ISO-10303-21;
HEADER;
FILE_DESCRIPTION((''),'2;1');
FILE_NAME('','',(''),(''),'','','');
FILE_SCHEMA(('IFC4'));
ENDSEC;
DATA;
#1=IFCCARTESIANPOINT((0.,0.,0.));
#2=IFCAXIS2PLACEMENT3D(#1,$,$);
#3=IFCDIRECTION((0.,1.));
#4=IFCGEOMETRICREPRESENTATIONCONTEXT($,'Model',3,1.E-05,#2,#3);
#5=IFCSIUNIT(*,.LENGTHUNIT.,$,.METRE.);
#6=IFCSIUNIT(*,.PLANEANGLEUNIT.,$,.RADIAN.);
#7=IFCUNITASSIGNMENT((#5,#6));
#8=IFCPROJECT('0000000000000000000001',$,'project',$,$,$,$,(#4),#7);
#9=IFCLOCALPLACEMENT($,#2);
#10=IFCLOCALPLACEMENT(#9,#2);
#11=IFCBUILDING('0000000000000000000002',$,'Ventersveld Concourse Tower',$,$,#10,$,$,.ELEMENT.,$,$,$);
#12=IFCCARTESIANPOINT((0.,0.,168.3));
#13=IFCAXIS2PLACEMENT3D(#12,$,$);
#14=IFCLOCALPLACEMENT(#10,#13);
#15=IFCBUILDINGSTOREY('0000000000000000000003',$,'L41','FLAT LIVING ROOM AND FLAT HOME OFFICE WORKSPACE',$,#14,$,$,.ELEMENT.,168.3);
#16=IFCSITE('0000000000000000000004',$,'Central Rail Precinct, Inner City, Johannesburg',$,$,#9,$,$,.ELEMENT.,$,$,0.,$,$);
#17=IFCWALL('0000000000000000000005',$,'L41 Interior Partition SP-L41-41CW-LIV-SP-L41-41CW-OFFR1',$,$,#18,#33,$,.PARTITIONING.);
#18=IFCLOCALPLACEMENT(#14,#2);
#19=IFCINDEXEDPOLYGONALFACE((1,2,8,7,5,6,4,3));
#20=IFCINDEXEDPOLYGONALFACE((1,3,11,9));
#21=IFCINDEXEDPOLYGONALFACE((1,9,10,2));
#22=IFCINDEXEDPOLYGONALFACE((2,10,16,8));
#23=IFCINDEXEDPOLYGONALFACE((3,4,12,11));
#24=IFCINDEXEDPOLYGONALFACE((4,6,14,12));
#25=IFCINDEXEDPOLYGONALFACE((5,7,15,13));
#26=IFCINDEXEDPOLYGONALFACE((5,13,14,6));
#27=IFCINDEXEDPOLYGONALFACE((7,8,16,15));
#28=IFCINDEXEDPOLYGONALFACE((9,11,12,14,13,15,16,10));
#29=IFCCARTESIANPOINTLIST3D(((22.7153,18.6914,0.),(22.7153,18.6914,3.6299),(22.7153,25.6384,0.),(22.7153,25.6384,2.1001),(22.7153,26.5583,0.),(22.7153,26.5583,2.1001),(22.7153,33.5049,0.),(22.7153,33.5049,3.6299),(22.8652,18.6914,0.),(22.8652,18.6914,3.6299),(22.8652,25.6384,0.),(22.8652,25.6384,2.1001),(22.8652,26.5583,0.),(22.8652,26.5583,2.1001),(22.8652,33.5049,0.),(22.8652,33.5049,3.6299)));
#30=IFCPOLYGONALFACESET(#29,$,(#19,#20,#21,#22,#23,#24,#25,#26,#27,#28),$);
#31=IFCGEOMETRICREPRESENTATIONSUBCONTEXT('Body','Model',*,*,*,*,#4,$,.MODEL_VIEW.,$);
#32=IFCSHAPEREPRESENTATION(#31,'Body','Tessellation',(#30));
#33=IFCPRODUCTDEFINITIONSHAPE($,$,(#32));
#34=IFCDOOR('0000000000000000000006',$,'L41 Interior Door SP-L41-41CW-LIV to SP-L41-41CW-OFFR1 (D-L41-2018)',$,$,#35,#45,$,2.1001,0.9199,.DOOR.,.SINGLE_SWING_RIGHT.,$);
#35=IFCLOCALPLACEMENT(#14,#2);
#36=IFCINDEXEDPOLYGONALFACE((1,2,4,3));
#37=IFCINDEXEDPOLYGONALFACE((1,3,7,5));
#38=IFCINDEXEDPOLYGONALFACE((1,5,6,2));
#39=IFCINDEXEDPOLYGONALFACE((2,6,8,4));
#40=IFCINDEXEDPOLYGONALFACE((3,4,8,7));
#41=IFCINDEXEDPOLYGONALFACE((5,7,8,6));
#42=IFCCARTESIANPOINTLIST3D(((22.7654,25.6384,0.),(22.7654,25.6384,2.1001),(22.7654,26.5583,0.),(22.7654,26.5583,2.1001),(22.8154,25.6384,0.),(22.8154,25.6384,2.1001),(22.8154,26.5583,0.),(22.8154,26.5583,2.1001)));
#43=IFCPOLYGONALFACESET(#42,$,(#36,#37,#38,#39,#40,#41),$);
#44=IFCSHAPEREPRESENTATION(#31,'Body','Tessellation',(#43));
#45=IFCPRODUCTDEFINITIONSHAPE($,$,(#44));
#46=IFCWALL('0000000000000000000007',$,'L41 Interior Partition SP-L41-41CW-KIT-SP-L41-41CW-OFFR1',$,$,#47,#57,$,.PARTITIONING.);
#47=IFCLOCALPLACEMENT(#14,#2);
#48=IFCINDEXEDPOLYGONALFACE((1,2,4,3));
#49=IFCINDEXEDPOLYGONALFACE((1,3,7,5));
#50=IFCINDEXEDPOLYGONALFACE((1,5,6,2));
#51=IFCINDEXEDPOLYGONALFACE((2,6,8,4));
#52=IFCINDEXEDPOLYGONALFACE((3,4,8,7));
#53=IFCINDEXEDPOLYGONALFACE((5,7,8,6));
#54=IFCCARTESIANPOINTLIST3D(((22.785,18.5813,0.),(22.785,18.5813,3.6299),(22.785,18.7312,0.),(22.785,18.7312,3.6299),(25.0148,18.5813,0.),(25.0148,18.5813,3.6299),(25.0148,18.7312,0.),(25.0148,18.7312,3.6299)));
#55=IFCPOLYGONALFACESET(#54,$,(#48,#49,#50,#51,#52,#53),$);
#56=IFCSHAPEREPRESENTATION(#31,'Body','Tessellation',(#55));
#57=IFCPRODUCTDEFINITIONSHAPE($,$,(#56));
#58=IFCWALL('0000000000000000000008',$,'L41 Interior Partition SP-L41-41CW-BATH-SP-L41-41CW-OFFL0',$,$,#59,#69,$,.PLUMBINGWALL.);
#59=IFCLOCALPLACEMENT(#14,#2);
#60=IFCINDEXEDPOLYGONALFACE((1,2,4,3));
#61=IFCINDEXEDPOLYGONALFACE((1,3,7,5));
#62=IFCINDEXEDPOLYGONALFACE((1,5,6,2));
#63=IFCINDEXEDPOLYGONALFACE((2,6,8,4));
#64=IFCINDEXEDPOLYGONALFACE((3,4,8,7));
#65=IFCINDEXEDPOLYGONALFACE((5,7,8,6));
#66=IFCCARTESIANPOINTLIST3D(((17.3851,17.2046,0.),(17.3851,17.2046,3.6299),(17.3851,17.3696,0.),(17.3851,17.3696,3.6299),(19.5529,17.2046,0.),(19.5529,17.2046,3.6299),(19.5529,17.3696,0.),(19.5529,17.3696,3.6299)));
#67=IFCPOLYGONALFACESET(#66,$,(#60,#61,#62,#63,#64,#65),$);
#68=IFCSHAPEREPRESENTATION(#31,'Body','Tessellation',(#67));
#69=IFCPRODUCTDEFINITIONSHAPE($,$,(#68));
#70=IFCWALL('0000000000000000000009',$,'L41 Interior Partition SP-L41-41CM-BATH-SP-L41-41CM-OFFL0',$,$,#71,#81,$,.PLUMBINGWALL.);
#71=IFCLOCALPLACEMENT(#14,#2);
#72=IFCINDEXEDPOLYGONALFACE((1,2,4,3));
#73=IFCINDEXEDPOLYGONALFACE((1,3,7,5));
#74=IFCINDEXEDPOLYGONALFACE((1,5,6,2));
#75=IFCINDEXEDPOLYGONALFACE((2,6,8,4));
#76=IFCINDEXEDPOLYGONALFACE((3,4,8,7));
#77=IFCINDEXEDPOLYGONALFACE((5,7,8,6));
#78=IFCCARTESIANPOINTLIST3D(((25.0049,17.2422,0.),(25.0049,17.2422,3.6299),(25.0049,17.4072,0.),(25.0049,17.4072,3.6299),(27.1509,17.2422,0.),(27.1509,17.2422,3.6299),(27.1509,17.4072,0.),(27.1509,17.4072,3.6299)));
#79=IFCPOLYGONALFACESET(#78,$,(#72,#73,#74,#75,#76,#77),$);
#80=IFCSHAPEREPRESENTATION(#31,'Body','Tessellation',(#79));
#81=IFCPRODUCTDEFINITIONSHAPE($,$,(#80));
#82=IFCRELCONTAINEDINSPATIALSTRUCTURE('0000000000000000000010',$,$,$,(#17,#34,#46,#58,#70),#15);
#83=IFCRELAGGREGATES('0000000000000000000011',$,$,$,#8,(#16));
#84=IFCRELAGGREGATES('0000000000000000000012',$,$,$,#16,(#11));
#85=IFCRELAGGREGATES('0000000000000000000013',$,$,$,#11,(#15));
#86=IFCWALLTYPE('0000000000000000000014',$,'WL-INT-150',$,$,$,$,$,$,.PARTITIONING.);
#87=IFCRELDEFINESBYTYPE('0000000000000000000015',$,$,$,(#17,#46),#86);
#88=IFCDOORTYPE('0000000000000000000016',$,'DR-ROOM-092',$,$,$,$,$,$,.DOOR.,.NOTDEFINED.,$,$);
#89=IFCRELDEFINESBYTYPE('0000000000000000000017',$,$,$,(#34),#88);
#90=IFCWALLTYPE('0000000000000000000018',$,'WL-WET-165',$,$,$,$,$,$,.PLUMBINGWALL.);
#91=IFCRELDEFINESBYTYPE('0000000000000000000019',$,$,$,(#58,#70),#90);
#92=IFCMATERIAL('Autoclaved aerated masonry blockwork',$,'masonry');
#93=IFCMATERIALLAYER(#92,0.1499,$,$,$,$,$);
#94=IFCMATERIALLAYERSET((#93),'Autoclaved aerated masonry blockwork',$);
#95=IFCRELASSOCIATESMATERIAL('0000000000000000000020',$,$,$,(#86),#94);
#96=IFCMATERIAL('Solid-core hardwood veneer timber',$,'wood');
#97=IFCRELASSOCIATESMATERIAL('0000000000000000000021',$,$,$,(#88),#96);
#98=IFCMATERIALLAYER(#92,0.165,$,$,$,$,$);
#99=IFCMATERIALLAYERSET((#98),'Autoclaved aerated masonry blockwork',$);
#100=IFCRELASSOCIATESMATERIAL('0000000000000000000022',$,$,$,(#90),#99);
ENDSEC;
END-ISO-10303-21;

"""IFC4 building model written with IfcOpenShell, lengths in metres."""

from ifc_helpers import new_model, si_unit, direction, frame, frame_2d, origin, place, context, subcontext, project, spatial, rectangle, extrude, material, layer, layer_set, type_object, element, fill, save


model = new_model("IFC4")

# Units and contexts
model_context = context("Model", 3, precision=1e-05, world=origin(), true_north=direction((0.0, 1.0)))
body_context = subcontext(model_context, "Body", "Model", "MODEL_VIEW")
ifc_project = project(units=[si_unit("LENGTHUNIT", "METRE"), si_unit("PLANEANGLEUNIT", "RADIAN")], contexts=[model_context])

# Site, building, storey
site_placement = place(None, origin())
site = spatial("IfcSite", under=ifc_project, at=site_placement, Name="Central Rail Precinct, Inner City, Johannesburg", CompositionType="ELEMENT", RefElevation=0.0)
building_placement = place(site_placement, origin())
building = spatial("IfcBuilding", under=site, at=building_placement, Name="Ventersveld Concourse Tower", CompositionType="ELEMENT")
storey_placement = place(building_placement, frame((0.0, 0.0, 168.3)))
storey = spatial("IfcBuildingStorey", under=building, at=storey_placement, Name="L41", Description="FLAT LIVING ROOM AND FLAT HOME OFFICE WORKSPACE", CompositionType="ELEMENT", Elevation=168.3)

# Shared definitions
ifc_material_1 = material(Name="Solid-core hardwood veneer timber", Category="wood")

# Wall, opening, door
ifc_material_2 = material(Name="Autoclaved aerated masonry blockwork", Category="masonry")
ifc_layer_1 = layer(ifc_material_2, 0.1499)
ifc_layer_set_1 = layer_set([ifc_layer_1], Name="Autoclaved aerated masonry blockwork")
wall_type_1 = type_object("IfcWallType", Name="WL-INT-150", PredefinedType="PARTITIONING", material=ifc_layer_set_1)
door_type_1 = type_object("IfcDoorType", Name="DR-ROOM-092", OperationType="NOTDEFINED", PredefinedType="DOOR", material=ifc_material_1)
wall_1_placement = place(storey_placement, frame((22.7903, 18.6914, 0.0), z_axis=(0.0, 0.0, 1.0), x_axis=(0.0, 1.0, 0.0)))
wall_1 = element("IfcWall", 1, at=wall_1_placement, inside=storey, type_object=wall_type_1, Name="L41 Interior Partition SP-L41-41CW-LIV-SP-L41-41CW-OFFR1", PredefinedType="PARTITIONING", context=body_context, shape_type="SweptSolid", body=[
    extrude(rectangle(XDim=14.8135, YDim=0.1499, at=frame_2d((7.4067, 0.0))), origin(), (0.0, 0.0, 1.0), 3.6299),
])
opening_1_placement = place(wall_1_placement, frame((6.947, 0.0, 0.0)))
opening_1 = element("IfcOpeningElement", 2, at=opening_1_placement, cuts=wall_1, PredefinedType="OPENING", context=body_context, shape_type="SweptSolid", body=[
    extrude(rectangle(XDim=0.9199, YDim=2.1001, at=frame_2d((0.46, 1.05))), frame((0.0, 0.085, 0.0), z_axis=(0.0, -1.0, 0.0), x_axis=(1.0, 0.0, 0.0)), (0.0, 0.0, 1.0), 0.1699),
])
door_1_placement = place(opening_1_placement, origin())
door_1 = element("IfcDoor", 3, at=door_1_placement, inside=storey, type_object=door_type_1, Name="L41 Interior Door SP-L41-41CW-LIV to SP-L41-41CW-OFFR1 (D-L41-2018)", OperationType="SINGLE_SWING_RIGHT", OverallHeight=2.1001, OverallWidth=0.9199, PredefinedType="DOOR", context=body_context, shape_type="SweptSolid", body=[
    extrude(rectangle(XDim=0.9199, YDim=2.1001, at=frame_2d((0.46, 1.05))), frame((0.0, 0.0249, 0.0), z_axis=(0.0, -1.0, 0.0), x_axis=(1.0, 0.0, 0.0)), (0.0, 0.0, 1.0), 0.05),
])
fill(opening_1, door_1)

# Walls
wall_2_placement = place(storey_placement, frame((22.7852, 18.6562, 0.0), z_axis=(0.0, 0.0, 1.0), x_axis=(1.0, 0.0, 0.0)))
element("IfcWall", 4, at=wall_2_placement, inside=storey, type_object=wall_type_1, Name="L41 Interior Partition SP-L41-41CW-KIT-SP-L41-41CW-OFFR1", PredefinedType="PARTITIONING", context=body_context, shape_type="SweptSolid", body=[
    extrude(rectangle(XDim=2.2297, YDim=0.1499, at=frame_2d((1.1147, 0.0))), origin(), (0.0, 0.0, 1.0), 3.6299),
])
ifc_layer_2 = layer(ifc_material_2, 0.165)
ifc_layer_set_2 = layer_set([ifc_layer_2], Name="Autoclaved aerated masonry blockwork")
wall_type_2 = type_object("IfcWallType", Name="WL-WET-165", PredefinedType="PLUMBINGWALL", material=ifc_layer_set_2)
wall_3_placement = place(storey_placement, frame((17.385, 17.2871, 0.0), z_axis=(0.0, 0.0, 1.0), x_axis=(1.0, 0.0, 0.0)))
element("IfcWall", 5, at=wall_3_placement, inside=storey, type_object=wall_type_2, Name="L41 Interior Partition SP-L41-41CW-BATH-SP-L41-41CW-OFFL0", PredefinedType="PLUMBINGWALL", context=body_context, shape_type="SweptSolid", body=[
    extrude(rectangle(XDim=2.1677, YDim=0.165, at=frame_2d((1.084, 0.0))), origin(), (0.0, 0.0, 1.0), 3.6299),
])
wall_4_placement = place(storey_placement, frame((25.0049, 17.3247, 0.0), z_axis=(0.0, 0.0, 1.0), x_axis=(1.0, 0.0, 0.0)))
element("IfcWall", 6, at=wall_4_placement, inside=storey, type_object=wall_type_2, Name="L41 Interior Partition SP-L41-41CM-BATH-SP-L41-41CM-OFFL0", PredefinedType="PLUMBINGWALL", context=body_context, shape_type="SweptSolid", body=[
    extrude(rectangle(XDim=2.146, YDim=0.165, at=frame_2d((1.073, 0.0))), origin(), (0.0, 0.0, 1.0), 3.6299),
])

save(model, "model.ifc")
